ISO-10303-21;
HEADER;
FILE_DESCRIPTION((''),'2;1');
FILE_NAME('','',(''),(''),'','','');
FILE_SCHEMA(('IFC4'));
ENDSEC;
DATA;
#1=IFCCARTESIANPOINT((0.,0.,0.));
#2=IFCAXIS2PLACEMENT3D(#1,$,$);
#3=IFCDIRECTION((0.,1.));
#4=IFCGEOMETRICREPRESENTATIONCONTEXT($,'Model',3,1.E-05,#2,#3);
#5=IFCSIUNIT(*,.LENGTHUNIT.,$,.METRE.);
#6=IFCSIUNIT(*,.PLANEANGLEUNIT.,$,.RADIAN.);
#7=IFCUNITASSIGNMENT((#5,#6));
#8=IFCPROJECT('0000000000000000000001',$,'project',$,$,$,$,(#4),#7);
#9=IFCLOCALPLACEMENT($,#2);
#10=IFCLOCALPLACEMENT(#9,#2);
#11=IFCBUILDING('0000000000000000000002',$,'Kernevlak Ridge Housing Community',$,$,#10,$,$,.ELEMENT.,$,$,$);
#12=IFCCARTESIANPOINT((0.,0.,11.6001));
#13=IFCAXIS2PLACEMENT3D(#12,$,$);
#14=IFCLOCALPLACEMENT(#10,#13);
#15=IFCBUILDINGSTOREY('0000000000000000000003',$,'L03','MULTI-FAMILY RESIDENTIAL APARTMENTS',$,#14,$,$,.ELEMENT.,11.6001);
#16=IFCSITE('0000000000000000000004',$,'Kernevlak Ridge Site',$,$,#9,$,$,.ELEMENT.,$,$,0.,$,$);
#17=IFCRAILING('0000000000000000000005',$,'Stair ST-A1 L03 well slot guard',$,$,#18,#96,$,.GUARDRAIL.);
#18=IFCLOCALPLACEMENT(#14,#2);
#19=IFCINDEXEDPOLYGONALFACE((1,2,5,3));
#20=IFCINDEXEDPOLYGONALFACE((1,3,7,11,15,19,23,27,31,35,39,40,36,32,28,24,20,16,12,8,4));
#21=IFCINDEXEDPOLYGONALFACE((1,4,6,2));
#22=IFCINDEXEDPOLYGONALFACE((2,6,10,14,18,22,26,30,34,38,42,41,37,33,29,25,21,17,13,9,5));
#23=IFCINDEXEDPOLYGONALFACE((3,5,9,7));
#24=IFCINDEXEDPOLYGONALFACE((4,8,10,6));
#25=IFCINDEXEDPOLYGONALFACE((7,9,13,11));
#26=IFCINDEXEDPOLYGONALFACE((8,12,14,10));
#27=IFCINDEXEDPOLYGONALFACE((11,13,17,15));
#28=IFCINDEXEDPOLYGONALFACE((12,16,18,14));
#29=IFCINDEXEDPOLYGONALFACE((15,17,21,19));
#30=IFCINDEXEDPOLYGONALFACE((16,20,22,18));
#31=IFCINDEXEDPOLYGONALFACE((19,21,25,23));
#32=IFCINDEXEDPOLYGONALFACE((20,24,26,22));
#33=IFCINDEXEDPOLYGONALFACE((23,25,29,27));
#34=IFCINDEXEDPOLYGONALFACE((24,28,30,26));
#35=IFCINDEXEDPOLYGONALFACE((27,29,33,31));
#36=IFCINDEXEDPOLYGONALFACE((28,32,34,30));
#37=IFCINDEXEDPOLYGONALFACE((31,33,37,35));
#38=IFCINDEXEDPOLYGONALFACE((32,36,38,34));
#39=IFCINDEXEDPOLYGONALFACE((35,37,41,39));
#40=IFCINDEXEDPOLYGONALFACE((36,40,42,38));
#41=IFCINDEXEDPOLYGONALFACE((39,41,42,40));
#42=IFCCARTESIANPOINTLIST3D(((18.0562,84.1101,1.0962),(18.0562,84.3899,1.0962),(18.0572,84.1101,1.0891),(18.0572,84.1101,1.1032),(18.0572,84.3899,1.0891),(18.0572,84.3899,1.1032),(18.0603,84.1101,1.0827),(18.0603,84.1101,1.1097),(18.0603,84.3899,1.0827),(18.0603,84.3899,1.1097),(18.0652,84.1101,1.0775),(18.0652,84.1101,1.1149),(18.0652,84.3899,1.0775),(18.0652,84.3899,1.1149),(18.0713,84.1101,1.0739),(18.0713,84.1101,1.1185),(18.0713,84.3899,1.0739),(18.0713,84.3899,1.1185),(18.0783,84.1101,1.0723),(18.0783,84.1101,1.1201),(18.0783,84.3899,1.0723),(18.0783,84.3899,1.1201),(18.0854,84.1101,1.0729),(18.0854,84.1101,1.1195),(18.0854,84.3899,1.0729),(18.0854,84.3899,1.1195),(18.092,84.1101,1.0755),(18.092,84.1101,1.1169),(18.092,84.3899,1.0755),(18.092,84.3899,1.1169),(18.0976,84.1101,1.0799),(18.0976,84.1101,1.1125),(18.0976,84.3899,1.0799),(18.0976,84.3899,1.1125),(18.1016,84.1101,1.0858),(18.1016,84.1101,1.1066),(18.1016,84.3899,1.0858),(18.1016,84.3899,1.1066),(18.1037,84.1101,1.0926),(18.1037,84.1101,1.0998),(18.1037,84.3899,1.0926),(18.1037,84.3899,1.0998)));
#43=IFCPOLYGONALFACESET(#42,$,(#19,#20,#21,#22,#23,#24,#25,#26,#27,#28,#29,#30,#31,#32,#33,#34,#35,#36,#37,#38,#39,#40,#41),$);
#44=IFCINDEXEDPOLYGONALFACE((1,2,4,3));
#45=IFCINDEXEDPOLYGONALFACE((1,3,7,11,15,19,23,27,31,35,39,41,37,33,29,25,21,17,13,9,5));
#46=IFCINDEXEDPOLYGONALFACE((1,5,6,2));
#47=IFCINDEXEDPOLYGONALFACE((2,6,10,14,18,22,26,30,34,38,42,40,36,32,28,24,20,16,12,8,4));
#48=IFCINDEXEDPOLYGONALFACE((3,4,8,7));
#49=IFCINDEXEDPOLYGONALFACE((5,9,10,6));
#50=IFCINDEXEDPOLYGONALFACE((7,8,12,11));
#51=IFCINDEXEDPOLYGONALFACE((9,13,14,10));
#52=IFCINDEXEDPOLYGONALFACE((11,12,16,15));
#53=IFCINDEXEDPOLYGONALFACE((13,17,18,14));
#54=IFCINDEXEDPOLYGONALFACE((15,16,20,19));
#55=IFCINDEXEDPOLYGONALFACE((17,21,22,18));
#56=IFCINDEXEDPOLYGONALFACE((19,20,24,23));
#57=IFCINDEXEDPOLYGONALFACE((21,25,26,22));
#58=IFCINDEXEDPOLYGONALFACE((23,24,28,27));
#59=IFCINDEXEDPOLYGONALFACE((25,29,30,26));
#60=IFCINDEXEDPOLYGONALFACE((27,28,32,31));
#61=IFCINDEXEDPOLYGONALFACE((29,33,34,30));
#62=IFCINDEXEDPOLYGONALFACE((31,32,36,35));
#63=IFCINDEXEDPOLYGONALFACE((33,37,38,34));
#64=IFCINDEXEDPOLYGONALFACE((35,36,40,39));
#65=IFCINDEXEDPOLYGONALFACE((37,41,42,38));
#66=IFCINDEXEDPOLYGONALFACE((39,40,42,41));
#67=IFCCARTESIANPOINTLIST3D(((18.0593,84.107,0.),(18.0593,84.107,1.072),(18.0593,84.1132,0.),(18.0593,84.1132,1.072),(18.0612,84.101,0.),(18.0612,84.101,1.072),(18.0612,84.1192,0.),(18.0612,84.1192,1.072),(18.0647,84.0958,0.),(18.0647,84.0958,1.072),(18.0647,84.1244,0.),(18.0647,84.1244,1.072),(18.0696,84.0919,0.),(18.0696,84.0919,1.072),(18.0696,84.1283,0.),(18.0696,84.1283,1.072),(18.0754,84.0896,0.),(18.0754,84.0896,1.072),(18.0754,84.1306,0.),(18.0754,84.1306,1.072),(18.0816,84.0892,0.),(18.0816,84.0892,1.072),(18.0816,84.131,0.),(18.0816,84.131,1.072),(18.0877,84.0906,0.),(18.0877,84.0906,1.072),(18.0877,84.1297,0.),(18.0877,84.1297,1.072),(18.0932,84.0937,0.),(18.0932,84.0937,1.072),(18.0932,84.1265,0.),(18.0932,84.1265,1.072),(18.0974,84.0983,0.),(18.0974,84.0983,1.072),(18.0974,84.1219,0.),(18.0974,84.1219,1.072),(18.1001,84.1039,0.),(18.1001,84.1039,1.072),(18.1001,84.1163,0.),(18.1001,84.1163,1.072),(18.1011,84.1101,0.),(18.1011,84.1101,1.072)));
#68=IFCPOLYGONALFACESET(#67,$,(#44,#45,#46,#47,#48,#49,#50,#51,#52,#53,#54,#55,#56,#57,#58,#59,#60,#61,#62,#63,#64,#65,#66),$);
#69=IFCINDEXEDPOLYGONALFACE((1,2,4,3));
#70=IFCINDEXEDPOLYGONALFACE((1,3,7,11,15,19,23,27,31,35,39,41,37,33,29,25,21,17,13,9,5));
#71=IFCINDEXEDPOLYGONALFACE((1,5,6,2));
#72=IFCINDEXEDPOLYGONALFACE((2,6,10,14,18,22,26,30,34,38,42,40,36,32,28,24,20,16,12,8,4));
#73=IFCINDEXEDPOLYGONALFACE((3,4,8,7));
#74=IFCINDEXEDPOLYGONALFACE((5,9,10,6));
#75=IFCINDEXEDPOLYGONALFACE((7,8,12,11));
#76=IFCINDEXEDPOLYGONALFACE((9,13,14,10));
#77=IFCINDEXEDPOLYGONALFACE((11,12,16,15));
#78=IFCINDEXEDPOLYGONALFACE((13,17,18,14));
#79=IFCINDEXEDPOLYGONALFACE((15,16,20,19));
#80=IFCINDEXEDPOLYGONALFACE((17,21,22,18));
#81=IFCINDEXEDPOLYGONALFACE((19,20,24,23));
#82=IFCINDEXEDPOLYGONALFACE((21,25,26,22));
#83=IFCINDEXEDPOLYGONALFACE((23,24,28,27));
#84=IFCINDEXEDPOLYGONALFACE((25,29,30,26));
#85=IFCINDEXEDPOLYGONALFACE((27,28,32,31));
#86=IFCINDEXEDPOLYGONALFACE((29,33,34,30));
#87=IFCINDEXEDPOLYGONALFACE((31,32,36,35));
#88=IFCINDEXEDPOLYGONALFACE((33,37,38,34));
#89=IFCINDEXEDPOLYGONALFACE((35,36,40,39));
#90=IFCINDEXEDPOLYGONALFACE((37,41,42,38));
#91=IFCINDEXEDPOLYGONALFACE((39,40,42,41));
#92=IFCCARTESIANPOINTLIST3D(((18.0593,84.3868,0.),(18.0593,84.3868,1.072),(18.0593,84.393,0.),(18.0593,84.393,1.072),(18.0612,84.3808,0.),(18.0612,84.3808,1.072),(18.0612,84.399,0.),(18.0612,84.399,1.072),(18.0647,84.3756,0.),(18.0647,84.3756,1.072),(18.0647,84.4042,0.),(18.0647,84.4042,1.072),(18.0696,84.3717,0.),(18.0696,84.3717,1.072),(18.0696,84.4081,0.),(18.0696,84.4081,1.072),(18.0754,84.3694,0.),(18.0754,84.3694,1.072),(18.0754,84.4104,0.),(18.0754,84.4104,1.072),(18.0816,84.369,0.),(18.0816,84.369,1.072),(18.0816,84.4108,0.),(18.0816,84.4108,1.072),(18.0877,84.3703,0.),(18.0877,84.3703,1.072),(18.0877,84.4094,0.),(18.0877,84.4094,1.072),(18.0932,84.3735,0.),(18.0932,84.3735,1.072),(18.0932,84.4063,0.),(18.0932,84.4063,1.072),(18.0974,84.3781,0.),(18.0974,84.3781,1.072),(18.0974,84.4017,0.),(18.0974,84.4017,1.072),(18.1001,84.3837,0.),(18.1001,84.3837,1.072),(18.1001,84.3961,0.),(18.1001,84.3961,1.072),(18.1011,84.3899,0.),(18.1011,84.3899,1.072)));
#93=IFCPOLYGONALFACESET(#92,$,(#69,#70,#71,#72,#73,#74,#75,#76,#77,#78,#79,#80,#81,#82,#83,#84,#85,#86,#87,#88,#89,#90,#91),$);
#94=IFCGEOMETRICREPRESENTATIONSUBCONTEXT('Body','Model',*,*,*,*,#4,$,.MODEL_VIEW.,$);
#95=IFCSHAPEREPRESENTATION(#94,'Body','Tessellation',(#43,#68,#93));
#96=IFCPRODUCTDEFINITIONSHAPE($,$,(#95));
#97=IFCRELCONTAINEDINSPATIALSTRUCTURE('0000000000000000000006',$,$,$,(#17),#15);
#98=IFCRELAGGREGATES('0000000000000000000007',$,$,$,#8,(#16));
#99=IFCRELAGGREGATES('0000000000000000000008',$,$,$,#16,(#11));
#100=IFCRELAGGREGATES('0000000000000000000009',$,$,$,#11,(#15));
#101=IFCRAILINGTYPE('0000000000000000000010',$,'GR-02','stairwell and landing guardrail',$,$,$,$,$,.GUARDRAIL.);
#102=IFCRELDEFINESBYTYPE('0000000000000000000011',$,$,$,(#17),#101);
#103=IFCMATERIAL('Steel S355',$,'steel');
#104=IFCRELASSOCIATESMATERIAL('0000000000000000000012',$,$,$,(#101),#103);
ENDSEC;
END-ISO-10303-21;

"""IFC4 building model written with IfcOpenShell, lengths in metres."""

from ifc_helpers import new_model, si_unit, direction, frame, origin, origin_2d, place, context, subcontext, project, spatial, circle, extrude, material, type_object, element, save


model = new_model("IFC4")

# Units and contexts
model_context = context("Model", 3, precision=1e-05, world=origin(), true_north=direction((0.0, 1.0)))
body_context = subcontext(model_context, "Body", "Model", "MODEL_VIEW")
ifc_project = project(units=[si_unit("LENGTHUNIT", "METRE"), si_unit("PLANEANGLEUNIT", "RADIAN")], contexts=[model_context])

# Site, building, storey
site_placement = place(None, origin())
site = spatial("IfcSite", under=ifc_project, at=site_placement, Name="Kernevlak Ridge Site", CompositionType="ELEMENT", RefElevation=0.0)
building_placement = place(site_placement, origin())
building = spatial("IfcBuilding", under=site, at=building_placement, Name="Kernevlak Ridge Housing Community", CompositionType="ELEMENT")
storey_placement = place(building_placement, frame((0.0, 0.0, 11.6001)))
storey = spatial("IfcBuildingStorey", under=building, at=storey_placement, Name="L03", Description="MULTI-FAMILY RESIDENTIAL APARTMENTS", CompositionType="ELEMENT", Elevation=11.6001)

# Railing
ifc_material_1 = material(Name="Steel S355", Category="steel")
railing_type_1 = type_object("IfcRailingType", Name="GR-02", Description="stairwell and landing guardrail", PredefinedType="GUARDRAIL", material=ifc_material_1)
railing_1_placement = place(storey_placement, frame((18.0801, 84.1101, 0.0)))
element("IfcRailing", 1, at=railing_1_placement, inside=storey, type_object=railing_type_1, Name="Stair ST-A1 L03 well slot guard", PredefinedType="GUARDRAIL", context=body_context, shape_type="SweptSolid", body=[
    extrude(circle(Radius=0.0239, at=origin_2d()), frame((0.0, 0.0, 1.0962), z_axis=(0.0, 1.0, 0.0), x_axis=(-1.0, 0.0, 0.0)), (0.0, 0.0, 1.0), 0.2798),
    extrude(circle(Radius=0.021, at=origin_2d()), origin(), (0.0, 0.0, 1.0), 1.072),
    extrude(circle(Radius=0.021, at=origin_2d()), frame((0.0, 0.2798, 0.0)), (0.0, 0.0, 1.0), 1.072),
])

save(model, "model.ifc")
